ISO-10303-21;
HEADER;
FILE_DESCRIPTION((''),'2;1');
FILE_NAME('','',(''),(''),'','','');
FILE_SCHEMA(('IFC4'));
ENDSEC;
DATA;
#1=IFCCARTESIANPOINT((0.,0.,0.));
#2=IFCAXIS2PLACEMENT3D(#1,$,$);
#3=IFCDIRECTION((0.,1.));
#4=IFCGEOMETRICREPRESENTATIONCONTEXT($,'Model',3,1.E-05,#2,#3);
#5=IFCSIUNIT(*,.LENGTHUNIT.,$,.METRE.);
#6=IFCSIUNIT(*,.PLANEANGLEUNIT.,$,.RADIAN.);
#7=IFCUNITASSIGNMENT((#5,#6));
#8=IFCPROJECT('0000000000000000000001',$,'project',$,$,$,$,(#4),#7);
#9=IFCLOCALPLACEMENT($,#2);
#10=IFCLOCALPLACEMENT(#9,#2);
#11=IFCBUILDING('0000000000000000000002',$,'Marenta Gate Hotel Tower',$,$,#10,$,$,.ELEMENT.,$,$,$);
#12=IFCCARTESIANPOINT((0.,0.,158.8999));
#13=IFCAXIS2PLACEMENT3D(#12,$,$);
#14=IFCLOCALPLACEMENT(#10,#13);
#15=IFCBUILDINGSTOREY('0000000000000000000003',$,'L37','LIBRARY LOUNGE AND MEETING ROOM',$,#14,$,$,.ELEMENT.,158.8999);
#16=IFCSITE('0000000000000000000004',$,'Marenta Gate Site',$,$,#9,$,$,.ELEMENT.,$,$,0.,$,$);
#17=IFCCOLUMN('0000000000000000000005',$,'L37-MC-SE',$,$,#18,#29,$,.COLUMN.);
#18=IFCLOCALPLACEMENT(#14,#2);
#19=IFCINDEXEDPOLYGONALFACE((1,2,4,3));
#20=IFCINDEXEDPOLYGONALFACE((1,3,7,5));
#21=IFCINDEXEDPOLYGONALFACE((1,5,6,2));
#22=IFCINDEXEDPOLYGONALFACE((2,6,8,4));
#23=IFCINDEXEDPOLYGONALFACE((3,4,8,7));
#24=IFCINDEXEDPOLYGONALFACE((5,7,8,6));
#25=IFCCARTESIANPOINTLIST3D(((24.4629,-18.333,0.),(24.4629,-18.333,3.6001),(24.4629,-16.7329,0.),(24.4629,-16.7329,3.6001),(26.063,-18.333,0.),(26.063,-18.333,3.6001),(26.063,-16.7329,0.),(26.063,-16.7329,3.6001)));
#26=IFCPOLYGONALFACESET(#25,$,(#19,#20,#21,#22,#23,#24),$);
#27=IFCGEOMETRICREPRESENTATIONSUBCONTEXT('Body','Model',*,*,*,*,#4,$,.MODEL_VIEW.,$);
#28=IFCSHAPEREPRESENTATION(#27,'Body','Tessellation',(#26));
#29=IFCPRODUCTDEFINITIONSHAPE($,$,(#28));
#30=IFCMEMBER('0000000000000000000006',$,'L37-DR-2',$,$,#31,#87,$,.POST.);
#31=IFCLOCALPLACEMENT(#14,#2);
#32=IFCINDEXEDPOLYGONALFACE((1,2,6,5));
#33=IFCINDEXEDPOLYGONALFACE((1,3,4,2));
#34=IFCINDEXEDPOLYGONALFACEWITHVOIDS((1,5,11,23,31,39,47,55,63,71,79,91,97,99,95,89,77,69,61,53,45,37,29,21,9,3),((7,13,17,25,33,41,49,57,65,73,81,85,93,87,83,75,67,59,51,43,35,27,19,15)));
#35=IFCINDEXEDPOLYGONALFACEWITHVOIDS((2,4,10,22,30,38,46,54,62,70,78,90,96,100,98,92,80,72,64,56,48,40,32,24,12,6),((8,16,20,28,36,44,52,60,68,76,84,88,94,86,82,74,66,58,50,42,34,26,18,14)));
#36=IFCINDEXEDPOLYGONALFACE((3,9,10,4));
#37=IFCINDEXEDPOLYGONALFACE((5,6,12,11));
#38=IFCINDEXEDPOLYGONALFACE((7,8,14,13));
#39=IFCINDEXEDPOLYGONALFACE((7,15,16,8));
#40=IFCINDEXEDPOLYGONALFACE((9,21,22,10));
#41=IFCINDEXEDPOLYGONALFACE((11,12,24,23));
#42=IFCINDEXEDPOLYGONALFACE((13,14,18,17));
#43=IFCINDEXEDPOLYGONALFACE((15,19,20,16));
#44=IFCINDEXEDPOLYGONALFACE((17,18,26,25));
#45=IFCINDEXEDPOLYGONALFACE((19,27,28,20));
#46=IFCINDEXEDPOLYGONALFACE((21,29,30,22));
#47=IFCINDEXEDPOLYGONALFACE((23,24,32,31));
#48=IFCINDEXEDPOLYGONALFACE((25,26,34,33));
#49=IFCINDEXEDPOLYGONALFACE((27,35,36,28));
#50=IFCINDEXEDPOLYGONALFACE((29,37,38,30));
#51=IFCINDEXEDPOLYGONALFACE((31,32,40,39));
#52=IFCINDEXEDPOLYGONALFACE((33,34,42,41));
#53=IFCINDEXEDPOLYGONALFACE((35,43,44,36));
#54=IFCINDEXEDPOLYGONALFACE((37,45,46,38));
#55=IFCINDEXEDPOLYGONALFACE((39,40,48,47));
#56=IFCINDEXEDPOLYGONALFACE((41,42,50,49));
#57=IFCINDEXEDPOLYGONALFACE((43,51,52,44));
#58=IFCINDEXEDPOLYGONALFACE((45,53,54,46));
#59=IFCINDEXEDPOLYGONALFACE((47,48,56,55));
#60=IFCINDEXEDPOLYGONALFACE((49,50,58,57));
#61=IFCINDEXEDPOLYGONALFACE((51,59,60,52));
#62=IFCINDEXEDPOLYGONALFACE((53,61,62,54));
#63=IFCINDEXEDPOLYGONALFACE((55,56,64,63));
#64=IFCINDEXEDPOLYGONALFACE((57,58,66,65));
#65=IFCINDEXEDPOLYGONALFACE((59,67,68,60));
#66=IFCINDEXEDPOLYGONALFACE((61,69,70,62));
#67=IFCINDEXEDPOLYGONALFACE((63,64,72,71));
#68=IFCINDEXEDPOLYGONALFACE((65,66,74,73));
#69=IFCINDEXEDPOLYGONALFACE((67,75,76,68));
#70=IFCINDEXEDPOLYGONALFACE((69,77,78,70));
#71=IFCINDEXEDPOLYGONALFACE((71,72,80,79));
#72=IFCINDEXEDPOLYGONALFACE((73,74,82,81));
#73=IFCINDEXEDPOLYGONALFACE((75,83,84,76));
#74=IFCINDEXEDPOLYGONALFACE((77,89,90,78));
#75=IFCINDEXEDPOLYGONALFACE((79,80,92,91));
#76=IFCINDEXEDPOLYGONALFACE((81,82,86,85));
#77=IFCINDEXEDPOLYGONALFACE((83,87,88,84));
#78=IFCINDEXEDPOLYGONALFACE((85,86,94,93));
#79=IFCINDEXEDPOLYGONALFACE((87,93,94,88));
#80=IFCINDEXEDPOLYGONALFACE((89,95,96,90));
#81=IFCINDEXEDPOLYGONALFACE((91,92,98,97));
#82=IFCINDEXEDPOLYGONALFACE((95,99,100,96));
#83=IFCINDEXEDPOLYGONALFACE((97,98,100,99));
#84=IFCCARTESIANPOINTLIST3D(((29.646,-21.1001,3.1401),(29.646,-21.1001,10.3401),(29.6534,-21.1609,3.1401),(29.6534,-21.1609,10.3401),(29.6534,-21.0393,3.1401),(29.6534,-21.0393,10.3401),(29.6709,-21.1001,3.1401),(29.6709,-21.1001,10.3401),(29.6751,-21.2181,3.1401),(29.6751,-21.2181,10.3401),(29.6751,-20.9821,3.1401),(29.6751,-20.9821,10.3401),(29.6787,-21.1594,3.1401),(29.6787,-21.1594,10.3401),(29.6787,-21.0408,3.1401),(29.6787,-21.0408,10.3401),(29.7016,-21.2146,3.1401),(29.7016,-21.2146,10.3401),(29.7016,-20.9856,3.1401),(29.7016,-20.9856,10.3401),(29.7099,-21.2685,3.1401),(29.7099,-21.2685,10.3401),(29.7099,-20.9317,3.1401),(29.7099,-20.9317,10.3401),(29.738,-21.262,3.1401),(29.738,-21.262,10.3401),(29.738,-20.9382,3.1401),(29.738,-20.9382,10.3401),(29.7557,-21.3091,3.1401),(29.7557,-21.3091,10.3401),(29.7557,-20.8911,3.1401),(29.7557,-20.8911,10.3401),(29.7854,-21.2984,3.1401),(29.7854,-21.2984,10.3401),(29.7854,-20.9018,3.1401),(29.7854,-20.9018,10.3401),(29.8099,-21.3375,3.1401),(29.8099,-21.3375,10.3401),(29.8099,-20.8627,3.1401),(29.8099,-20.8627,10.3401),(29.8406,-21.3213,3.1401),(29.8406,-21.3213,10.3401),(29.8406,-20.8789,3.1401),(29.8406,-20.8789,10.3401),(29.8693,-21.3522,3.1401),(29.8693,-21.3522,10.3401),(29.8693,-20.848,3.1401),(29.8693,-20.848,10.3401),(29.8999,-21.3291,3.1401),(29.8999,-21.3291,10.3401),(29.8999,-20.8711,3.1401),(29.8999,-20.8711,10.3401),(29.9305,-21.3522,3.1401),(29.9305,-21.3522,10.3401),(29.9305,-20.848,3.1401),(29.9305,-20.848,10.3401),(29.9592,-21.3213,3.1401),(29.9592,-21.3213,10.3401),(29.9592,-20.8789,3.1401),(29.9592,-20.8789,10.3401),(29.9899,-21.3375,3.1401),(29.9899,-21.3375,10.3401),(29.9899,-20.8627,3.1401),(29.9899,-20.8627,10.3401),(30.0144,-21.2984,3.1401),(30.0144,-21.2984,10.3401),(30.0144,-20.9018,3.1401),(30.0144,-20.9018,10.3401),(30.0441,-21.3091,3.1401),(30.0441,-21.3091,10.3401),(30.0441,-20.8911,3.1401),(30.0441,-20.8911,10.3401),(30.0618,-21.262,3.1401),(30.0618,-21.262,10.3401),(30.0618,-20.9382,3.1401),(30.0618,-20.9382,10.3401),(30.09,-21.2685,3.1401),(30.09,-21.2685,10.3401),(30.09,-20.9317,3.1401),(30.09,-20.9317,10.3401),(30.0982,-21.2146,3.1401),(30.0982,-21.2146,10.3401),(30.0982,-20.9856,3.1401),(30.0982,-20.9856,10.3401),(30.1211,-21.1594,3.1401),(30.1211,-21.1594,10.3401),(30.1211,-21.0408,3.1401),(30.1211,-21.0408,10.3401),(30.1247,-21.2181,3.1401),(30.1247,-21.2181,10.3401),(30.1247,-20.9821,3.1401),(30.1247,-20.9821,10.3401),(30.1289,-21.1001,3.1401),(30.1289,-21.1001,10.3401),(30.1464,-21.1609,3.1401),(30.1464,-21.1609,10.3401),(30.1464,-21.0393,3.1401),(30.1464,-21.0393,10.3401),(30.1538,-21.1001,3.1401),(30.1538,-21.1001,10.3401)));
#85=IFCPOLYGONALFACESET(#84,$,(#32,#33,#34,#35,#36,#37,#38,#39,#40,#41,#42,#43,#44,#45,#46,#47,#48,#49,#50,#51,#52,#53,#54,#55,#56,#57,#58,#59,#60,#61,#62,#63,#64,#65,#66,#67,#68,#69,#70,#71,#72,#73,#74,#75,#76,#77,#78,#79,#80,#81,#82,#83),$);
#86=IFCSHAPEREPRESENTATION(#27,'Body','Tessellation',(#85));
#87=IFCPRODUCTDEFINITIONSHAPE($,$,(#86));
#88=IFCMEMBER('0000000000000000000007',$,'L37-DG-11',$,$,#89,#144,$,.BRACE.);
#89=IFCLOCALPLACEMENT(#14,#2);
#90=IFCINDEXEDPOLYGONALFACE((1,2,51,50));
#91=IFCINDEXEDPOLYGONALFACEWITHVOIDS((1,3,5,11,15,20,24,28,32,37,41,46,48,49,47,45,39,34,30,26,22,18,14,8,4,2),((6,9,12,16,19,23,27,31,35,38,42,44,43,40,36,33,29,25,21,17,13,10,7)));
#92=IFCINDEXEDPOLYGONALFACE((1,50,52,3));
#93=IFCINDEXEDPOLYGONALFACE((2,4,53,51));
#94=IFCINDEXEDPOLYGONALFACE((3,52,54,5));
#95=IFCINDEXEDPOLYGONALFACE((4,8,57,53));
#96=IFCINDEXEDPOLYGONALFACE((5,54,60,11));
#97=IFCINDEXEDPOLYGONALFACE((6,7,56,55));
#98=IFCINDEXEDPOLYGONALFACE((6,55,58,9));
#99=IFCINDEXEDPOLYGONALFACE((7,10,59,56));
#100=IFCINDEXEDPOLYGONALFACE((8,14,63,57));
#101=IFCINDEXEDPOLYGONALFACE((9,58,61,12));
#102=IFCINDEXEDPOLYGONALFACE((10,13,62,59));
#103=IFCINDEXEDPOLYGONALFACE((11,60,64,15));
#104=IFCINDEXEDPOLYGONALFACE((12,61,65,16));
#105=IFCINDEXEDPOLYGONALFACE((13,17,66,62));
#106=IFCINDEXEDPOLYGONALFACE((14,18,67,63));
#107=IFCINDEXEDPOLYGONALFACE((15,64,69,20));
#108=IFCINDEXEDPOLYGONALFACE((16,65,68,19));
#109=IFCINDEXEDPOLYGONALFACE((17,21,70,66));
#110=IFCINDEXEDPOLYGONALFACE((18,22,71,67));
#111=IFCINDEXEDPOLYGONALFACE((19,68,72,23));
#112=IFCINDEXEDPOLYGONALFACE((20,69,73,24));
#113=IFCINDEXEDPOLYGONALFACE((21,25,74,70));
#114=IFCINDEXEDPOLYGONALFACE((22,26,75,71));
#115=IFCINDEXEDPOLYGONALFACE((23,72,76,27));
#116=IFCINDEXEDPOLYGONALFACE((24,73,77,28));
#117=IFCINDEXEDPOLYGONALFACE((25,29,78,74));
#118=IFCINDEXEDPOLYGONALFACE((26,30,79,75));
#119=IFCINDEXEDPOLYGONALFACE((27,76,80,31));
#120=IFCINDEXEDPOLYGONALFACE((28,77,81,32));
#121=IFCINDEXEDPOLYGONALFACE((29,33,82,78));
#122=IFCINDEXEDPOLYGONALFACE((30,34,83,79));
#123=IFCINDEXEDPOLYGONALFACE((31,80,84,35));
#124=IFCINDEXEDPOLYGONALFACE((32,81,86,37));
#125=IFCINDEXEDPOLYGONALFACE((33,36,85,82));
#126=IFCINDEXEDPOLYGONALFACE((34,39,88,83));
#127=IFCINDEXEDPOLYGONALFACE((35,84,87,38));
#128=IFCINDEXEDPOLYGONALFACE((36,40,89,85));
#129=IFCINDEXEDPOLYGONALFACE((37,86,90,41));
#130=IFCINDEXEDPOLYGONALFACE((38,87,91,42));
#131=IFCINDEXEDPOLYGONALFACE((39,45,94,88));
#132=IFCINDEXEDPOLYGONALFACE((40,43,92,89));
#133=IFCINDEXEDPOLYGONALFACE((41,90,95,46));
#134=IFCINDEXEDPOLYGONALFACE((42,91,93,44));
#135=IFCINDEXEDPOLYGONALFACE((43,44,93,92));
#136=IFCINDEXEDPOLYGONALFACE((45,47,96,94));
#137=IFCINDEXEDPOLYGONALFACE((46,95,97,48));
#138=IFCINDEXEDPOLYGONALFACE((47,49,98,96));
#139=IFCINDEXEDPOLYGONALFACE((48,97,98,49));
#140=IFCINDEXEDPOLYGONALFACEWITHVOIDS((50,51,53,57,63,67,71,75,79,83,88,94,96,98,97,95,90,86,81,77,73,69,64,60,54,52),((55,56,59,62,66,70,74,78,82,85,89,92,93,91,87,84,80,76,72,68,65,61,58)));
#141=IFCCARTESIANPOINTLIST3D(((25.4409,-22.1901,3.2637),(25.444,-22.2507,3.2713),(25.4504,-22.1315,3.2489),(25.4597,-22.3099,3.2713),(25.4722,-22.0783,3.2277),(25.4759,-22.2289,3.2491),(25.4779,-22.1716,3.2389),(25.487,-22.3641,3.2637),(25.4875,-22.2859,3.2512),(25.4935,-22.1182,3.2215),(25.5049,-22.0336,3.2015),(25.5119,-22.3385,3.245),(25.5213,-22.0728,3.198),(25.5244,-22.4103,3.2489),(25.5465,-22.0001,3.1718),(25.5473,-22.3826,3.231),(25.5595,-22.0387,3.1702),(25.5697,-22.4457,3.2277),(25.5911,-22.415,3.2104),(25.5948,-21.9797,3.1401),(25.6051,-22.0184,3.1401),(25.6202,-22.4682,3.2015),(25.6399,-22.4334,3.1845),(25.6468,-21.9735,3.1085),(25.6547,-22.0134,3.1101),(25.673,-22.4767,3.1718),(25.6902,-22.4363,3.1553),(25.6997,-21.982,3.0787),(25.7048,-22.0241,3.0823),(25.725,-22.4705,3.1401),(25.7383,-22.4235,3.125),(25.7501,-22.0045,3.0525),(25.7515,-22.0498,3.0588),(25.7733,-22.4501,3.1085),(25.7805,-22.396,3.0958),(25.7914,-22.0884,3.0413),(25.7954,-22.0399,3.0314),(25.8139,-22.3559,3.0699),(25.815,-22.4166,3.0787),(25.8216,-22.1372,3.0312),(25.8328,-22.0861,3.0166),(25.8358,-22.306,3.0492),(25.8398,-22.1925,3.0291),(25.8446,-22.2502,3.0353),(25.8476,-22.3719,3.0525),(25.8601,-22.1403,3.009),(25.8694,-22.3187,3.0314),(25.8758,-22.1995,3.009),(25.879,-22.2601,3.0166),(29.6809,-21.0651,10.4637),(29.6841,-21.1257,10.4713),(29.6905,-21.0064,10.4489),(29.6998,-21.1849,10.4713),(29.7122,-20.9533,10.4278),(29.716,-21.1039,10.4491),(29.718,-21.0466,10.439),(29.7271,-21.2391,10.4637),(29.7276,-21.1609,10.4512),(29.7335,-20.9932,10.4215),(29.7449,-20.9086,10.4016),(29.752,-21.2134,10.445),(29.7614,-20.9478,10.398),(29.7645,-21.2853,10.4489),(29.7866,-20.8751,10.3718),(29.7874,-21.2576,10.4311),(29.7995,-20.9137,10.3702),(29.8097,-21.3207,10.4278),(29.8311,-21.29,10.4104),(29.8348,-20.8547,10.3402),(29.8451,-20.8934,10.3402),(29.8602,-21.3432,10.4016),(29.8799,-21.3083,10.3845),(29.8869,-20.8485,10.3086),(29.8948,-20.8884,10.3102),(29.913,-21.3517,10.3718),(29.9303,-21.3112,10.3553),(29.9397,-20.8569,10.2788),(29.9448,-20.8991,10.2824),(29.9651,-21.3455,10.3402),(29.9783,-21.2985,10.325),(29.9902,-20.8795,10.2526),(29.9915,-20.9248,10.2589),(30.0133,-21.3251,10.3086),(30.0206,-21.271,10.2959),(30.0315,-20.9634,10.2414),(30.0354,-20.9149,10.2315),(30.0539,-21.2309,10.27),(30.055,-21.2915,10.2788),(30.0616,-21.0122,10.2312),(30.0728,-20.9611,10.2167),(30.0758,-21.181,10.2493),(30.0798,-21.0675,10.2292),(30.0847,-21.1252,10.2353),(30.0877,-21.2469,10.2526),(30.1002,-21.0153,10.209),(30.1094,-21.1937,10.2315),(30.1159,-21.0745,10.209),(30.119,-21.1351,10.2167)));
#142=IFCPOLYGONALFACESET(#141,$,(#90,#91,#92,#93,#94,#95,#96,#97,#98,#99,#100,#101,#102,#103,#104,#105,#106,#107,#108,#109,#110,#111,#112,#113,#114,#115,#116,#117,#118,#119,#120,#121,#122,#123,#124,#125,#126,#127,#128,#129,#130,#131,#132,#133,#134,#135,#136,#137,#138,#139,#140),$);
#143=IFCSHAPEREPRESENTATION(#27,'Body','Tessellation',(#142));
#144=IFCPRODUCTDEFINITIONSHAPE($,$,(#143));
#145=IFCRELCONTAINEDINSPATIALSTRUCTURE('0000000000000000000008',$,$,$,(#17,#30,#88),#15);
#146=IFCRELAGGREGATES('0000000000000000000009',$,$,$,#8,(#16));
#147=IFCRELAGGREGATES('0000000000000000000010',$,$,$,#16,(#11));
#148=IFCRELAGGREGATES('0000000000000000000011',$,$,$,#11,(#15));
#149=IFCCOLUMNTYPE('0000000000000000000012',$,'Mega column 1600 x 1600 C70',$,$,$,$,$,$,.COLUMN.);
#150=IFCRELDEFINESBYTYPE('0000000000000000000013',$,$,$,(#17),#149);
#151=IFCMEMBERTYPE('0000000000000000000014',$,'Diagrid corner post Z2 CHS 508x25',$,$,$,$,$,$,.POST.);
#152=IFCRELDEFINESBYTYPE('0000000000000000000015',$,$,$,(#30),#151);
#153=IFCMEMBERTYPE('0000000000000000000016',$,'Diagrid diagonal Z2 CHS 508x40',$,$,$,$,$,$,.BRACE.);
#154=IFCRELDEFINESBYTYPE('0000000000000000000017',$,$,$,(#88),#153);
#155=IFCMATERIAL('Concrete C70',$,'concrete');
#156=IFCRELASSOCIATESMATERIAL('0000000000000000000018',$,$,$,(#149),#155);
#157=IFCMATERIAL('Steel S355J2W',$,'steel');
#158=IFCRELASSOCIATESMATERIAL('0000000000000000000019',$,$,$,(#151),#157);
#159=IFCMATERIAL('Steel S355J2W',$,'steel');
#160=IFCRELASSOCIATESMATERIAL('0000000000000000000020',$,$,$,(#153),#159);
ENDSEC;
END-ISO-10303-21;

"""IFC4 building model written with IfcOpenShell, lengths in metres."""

from ifc_helpers import new_model, si_unit, direction, frame, origin, origin_2d, place, context, subcontext, project, spatial, rectangle, hollow_circle, extrude, material, material_profile, profile_set, type_object, element, save


model = new_model("IFC4")

# Units and contexts
model_context = context("Model", 3, precision=1e-05, world=origin(), true_north=direction((0.0, 1.0)))
body_context = subcontext(model_context, "Body", "Model", "MODEL_VIEW")
ifc_project = project(units=[si_unit("LENGTHUNIT", "METRE"), si_unit("PLANEANGLEUNIT", "RADIAN")], contexts=[model_context])

# Site, building, storey
site_placement = place(None, origin())
site = spatial("IfcSite", under=ifc_project, at=site_placement, Name="Marenta Gate Site", CompositionType="ELEMENT", RefElevation=0.0)
building_placement = place(site_placement, origin())
building = spatial("IfcBuilding", under=site, at=building_placement, Name="Marenta Gate Hotel Tower", CompositionType="ELEMENT")
storey_placement = place(building_placement, frame((0.0, 0.0, 158.8999)))
storey = spatial("IfcBuildingStorey", under=building, at=storey_placement, Name="L37", Description="LIBRARY LOUNGE AND MEETING ROOM", CompositionType="ELEMENT", Elevation=158.8999)

# Column
ifc_material_1 = material(Name="Concrete C70", Category="concrete")
ifc_material_profile_1 = material_profile(ifc_material_1, rectangle(XDim=1.6001, YDim=1.6001, at=origin_2d()), Name="1600 x 1600")
ifc_profile_set_1 = profile_set([ifc_material_profile_1], Name="Concrete C70")
column_type = type_object("IfcColumnType", Name="Mega column 1600 x 1600 C70", PredefinedType="COLUMN", material=ifc_profile_set_1)
column_placement = place(storey_placement, frame((25.2629, -17.533, 0.0), z_axis=(0.0, 0.0, 1.0), x_axis=(1.0, 0.0, 0.0)))
element("IfcColumn", 1, at=column_placement, inside=storey, type_object=column_type, Name="L37-MC-SE", PredefinedType="COLUMN", context=body_context, shape_type="SweptSolid", body=[
    extrude(rectangle(XDim=1.6001, YDim=1.6001, at=origin_2d()), origin(), (0.0, 0.0, 1.0), 3.6001),
])

# Members
ifc_material_2 = material(Name="Steel S355J2W", Category="steel")
ifc_material_profile_2 = material_profile(ifc_material_2, hollow_circle(Radius=0.2539, WallThickness=0.0249, at=origin_2d()), Name="CHS 508x25")
ifc_profile_set_2 = profile_set([ifc_material_profile_2], Name="Steel S355J2W")
member_type_1 = type_object("IfcMemberType", Name="Diagrid corner post Z2 CHS 508x25", PredefinedType="POST", material=ifc_profile_set_2)
member_1_placement = place(storey_placement, frame((29.8999, -21.1001, 3.1401), z_axis=(0.0, 0.0, 1.0), x_axis=(1.0, 0.0, 0.0)))
element("IfcMember", 2, at=member_1_placement, inside=storey, type_object=member_type_1, Name="L37-DR-2", PredefinedType="POST", context=body_context, shape_type="SweptSolid", body=[
    extrude(hollow_circle(Radius=0.2539, WallThickness=0.0249, at=origin_2d()), origin(), (0.0, 0.0, 1.0), 7.2),
])
ifc_material_3 = material(Name="Steel S355J2W", Category="steel")
ifc_material_profile_3 = material_profile(ifc_material_3, hollow_circle(Radius=0.2539, WallThickness=0.04, at=origin_2d()), Name="CHS 508x40")
ifc_profile_set_3 = profile_set([ifc_material_profile_3], Name="Steel S355J2W")
member_type_2 = type_object("IfcMemberType", Name="Diagrid diagonal Z2 CHS 508x40", PredefinedType="BRACE", material=ifc_profile_set_3)
member_2_placement = place(storey_placement, frame((25.6599, -22.2251, 3.1401), z_axis=(0.502902, 0.133435, 0.853981), x_axis=(-0.256457, 0.966556, 0.0)))
element("IfcMember", 3, at=member_2_placement, inside=storey, type_object=member_type_2, Name="L37-DG-11", PredefinedType="BRACE", context=body_context, shape_type="SweptSolid", body=[
    extrude(hollow_circle(Radius=0.2539, WallThickness=0.04, at=origin_2d()), origin(), (0.0, 0.0, 1.0), 8.4312),
])

save(model, "model.ifc")
